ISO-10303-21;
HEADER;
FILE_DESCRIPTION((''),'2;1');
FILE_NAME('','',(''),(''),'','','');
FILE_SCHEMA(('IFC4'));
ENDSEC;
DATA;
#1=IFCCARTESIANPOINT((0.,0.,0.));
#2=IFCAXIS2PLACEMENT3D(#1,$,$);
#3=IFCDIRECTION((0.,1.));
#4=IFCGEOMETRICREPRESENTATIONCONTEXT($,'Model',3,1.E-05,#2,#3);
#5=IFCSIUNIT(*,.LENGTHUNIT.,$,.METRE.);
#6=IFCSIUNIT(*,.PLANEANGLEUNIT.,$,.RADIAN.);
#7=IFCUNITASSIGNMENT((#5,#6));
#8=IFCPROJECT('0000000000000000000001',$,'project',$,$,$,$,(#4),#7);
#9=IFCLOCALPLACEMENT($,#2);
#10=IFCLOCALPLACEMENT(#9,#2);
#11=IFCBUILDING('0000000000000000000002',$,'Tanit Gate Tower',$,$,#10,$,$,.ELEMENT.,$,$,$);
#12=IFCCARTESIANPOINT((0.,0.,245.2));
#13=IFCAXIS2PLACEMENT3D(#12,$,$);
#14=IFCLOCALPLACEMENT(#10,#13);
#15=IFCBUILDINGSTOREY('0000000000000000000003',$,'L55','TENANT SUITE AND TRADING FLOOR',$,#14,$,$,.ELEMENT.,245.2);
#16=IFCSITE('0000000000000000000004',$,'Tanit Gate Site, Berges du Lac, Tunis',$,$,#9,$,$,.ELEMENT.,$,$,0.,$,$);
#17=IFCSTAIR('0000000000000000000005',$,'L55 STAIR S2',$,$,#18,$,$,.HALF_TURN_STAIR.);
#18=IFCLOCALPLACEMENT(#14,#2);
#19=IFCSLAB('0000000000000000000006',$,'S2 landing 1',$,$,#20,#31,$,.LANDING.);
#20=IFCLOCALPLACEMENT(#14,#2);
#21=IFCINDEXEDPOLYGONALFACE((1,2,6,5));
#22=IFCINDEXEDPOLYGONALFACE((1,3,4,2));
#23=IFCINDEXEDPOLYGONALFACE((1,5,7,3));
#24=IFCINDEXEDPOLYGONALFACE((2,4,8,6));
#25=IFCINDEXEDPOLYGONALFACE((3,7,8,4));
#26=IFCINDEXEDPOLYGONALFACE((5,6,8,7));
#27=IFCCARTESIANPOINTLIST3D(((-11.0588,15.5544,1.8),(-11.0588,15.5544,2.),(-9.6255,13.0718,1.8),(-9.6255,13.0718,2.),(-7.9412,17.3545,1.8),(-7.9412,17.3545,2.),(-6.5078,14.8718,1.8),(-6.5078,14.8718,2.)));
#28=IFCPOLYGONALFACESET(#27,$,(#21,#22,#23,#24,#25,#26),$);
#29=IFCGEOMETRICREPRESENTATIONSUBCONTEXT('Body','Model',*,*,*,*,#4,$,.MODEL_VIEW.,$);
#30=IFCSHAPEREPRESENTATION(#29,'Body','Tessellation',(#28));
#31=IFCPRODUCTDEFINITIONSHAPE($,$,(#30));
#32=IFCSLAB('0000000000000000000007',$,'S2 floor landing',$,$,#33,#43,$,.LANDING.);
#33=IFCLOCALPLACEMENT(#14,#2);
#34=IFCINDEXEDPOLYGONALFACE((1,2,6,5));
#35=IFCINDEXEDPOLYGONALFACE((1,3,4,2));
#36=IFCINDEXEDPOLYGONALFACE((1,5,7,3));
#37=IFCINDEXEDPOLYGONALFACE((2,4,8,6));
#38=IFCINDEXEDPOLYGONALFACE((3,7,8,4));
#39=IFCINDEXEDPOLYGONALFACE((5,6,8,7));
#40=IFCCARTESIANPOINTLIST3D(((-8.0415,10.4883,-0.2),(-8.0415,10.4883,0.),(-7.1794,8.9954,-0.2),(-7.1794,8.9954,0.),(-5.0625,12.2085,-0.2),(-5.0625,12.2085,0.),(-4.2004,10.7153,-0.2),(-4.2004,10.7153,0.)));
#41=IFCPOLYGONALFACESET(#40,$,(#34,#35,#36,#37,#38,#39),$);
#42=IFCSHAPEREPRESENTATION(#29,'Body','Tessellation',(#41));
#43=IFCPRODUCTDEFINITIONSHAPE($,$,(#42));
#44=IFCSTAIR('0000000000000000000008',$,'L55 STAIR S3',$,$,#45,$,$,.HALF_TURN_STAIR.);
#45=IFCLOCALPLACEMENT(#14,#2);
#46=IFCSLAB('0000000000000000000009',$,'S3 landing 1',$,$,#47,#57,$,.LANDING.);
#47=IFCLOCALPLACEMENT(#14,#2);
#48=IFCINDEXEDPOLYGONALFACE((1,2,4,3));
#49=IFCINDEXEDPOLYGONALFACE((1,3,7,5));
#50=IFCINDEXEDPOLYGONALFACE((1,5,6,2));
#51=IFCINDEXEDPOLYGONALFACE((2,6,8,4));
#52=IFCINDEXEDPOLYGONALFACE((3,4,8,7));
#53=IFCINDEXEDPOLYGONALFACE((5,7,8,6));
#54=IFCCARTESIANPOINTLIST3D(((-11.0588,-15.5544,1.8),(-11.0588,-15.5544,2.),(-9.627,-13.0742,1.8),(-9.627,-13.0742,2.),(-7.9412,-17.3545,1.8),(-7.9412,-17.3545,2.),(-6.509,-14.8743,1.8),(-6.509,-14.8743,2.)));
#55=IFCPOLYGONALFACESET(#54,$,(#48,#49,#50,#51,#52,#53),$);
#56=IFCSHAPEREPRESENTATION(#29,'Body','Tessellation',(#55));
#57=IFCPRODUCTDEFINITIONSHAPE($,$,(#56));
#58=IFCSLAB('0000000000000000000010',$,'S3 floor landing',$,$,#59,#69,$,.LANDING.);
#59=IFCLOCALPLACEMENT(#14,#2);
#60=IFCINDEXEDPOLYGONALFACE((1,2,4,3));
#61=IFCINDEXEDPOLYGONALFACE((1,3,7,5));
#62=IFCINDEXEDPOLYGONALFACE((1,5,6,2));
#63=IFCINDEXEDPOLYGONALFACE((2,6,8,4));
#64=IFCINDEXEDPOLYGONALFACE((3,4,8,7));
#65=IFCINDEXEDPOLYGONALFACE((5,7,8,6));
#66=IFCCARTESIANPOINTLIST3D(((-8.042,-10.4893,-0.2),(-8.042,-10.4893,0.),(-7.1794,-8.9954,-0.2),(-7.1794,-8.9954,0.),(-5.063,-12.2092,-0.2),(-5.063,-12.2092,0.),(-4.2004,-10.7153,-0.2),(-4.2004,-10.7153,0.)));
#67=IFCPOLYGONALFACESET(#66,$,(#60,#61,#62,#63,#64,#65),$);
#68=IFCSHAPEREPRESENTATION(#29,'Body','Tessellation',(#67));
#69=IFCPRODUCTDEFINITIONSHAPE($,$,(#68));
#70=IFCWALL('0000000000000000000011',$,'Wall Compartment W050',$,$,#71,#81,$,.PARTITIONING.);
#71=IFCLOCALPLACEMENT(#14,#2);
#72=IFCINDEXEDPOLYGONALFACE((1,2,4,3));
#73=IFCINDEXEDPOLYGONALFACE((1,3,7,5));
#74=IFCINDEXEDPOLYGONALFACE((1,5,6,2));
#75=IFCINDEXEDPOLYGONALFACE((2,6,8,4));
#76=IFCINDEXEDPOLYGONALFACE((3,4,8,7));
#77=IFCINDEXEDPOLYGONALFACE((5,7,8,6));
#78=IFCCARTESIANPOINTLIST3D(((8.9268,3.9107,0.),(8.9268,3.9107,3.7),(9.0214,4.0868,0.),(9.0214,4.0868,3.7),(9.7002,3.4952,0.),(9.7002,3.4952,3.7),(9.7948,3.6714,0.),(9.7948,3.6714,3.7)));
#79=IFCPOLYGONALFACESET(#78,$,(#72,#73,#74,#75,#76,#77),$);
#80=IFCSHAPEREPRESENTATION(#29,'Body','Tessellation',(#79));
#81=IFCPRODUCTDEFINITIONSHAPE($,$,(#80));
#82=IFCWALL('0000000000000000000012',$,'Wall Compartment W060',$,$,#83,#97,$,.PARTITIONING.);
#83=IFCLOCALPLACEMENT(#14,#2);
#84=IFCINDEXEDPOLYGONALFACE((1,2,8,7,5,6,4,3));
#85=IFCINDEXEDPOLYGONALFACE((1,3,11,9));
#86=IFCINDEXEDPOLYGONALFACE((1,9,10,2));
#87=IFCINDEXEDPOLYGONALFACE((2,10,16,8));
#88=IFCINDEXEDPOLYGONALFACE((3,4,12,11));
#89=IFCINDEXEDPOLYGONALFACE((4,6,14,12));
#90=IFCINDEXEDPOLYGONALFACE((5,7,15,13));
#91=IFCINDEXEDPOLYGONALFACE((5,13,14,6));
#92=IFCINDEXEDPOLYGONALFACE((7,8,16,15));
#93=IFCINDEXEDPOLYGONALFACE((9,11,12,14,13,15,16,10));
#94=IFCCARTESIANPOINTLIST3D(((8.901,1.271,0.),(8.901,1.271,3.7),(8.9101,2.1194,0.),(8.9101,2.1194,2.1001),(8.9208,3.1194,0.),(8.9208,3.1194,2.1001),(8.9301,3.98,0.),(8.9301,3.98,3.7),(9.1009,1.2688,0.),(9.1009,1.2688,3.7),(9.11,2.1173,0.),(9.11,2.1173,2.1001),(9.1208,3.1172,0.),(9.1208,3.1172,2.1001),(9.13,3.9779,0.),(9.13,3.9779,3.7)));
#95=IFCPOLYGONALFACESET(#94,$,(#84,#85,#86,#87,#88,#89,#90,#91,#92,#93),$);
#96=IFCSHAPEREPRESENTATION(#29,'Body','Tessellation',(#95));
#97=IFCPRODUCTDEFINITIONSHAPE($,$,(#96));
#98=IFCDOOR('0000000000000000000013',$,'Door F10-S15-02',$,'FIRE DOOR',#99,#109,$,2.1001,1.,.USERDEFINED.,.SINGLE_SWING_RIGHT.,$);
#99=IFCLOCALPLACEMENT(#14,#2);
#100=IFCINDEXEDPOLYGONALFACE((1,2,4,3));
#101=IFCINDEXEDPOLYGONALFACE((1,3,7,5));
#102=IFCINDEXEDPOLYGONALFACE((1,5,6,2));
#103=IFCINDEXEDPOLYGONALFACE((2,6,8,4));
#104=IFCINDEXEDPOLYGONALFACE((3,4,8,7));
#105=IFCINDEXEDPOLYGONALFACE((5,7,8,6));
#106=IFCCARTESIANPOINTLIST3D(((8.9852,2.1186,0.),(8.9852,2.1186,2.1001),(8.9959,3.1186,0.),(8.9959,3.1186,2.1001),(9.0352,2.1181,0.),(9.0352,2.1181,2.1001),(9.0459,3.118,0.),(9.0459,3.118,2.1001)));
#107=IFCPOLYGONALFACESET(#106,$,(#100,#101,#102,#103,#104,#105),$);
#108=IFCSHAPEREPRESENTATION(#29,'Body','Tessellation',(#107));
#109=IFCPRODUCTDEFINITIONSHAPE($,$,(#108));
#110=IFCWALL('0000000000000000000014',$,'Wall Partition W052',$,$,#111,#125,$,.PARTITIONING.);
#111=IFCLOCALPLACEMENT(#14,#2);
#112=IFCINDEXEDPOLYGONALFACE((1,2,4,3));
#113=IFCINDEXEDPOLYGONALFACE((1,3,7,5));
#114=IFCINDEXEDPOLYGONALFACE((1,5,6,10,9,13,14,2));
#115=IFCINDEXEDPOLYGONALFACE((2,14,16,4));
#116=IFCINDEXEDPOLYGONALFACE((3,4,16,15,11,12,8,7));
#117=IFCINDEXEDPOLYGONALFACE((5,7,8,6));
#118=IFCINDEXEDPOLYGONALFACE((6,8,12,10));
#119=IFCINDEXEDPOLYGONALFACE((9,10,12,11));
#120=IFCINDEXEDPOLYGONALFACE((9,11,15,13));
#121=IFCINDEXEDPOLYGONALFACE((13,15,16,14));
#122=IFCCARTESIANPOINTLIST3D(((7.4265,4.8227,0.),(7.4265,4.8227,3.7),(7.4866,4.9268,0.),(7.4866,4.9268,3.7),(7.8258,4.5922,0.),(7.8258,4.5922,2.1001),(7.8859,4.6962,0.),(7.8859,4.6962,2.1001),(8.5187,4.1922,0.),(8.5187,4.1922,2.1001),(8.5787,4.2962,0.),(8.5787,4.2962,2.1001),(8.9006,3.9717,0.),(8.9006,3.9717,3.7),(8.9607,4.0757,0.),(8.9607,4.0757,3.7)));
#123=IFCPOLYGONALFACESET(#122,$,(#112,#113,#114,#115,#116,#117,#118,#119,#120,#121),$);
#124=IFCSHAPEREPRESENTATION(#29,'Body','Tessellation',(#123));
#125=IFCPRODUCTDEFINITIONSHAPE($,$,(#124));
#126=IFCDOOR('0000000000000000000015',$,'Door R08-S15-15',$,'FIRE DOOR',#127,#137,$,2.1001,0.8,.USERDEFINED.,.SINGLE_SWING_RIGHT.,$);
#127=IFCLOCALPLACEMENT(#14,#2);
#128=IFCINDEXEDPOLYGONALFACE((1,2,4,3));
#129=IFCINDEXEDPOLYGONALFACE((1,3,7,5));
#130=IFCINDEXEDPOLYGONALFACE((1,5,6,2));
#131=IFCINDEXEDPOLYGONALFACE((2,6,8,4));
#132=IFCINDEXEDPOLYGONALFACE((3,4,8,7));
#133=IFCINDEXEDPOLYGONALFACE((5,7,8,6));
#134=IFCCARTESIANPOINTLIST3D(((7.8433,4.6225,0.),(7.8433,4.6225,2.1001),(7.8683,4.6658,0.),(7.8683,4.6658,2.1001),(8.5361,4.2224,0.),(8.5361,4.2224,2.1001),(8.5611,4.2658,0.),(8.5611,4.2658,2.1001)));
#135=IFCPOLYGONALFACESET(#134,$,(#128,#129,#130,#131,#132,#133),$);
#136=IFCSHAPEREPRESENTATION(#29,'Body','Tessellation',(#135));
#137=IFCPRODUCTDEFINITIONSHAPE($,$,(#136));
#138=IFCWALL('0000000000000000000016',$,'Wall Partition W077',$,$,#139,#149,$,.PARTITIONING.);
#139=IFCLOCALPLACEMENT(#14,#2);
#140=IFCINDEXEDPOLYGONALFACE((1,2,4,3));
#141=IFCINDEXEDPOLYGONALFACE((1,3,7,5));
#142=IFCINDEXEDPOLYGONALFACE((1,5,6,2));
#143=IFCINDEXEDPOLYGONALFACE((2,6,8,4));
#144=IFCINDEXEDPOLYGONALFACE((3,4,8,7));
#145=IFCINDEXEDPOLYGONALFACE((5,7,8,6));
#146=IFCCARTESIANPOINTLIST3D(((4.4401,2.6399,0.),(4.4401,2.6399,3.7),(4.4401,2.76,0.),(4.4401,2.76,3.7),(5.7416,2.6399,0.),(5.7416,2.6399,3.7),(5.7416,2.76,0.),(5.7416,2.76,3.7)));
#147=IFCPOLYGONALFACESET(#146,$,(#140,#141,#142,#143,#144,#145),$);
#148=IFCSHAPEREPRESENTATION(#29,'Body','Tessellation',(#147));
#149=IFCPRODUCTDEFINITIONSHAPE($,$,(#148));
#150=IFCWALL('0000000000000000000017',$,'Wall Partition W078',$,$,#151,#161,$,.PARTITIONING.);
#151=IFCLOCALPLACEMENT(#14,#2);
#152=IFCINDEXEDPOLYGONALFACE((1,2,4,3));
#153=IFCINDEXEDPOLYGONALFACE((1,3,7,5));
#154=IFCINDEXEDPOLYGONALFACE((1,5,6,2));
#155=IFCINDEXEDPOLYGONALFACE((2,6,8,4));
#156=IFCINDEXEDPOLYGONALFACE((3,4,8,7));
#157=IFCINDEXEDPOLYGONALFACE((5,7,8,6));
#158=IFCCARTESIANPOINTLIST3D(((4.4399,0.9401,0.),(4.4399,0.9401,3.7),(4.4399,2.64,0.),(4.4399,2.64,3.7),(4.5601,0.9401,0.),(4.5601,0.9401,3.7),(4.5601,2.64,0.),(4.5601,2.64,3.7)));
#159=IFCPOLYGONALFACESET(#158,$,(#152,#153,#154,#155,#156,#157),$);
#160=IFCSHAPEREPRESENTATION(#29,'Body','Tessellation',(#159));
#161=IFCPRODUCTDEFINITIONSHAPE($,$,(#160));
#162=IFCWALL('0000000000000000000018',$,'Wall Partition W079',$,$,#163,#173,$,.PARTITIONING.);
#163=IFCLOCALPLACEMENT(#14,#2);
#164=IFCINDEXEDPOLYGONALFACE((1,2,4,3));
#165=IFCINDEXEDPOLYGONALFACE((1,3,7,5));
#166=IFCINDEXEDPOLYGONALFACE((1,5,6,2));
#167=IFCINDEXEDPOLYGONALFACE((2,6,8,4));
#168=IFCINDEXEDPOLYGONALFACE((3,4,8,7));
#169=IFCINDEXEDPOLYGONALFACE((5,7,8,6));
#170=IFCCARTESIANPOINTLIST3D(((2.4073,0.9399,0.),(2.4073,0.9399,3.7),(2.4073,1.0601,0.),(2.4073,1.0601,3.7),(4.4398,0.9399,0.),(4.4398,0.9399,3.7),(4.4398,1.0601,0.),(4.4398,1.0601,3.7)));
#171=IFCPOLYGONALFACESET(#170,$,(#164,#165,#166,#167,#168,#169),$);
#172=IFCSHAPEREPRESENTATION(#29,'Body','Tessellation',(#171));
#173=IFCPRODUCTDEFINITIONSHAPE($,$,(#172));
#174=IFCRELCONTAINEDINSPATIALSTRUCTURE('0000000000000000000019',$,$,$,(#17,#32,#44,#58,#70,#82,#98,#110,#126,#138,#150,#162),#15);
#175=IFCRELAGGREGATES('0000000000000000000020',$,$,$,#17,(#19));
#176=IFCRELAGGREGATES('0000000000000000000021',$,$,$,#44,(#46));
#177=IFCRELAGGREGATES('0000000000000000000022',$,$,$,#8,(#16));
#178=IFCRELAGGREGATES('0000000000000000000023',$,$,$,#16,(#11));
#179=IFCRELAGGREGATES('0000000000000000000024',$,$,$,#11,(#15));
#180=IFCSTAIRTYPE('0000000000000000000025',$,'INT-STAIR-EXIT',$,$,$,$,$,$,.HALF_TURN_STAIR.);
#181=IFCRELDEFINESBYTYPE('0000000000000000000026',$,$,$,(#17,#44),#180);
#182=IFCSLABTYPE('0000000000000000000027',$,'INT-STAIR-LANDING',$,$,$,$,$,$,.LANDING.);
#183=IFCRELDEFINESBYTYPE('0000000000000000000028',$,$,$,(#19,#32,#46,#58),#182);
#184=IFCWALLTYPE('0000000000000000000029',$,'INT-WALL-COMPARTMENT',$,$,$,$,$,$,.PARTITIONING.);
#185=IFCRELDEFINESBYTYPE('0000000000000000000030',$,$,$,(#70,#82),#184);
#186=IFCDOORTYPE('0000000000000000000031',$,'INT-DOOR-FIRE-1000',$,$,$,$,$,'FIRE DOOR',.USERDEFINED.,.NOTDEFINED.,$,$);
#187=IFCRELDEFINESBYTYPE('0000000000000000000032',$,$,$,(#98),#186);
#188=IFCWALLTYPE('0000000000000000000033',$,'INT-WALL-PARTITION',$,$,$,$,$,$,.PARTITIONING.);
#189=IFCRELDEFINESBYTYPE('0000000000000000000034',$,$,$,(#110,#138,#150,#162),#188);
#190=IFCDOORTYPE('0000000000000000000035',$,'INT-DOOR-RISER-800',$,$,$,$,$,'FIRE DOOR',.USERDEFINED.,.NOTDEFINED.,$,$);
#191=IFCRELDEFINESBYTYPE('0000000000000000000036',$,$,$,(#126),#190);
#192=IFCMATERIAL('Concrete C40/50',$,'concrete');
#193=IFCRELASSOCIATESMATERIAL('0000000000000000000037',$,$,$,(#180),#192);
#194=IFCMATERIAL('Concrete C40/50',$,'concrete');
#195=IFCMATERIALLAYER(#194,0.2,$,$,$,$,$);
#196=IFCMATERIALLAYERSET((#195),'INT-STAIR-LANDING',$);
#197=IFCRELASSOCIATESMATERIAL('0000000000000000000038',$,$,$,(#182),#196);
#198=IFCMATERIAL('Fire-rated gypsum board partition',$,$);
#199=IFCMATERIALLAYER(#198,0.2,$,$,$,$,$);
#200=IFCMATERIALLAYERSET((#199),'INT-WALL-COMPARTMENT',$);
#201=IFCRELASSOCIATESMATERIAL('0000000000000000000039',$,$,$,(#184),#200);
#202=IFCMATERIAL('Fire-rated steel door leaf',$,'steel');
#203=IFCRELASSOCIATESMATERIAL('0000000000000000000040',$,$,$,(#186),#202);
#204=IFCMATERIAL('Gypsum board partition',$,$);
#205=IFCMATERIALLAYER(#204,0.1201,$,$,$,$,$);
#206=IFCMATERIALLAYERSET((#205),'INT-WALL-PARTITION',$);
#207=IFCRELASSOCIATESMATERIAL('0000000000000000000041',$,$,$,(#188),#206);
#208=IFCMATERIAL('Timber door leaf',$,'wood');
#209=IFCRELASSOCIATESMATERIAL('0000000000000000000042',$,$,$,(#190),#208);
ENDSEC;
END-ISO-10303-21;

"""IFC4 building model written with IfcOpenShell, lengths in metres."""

from ifc_helpers import new_model, si_unit, direction, frame, frame_2d, origin, place, context, subcontext, project, spatial, polyline, rectangle, outline, extrude, material, layer, layer_set, type_object, element, fill, aggregate, save


model = new_model("IFC4")

# Units and contexts
model_context = context("Model", 3, precision=1e-05, world=origin(), true_north=direction((0.0, 1.0)))
body_context = subcontext(model_context, "Body", "Model", "MODEL_VIEW")
ifc_project = project(units=[si_unit("LENGTHUNIT", "METRE"), si_unit("PLANEANGLEUNIT", "RADIAN")], contexts=[model_context])

# Site, building, storey
site_placement = place(None, origin())
site = spatial("IfcSite", under=ifc_project, at=site_placement, Name="Tanit Gate Site, Berges du Lac, Tunis", CompositionType="ELEMENT", RefElevation=0.0)
building_placement = place(site_placement, origin())
building = spatial("IfcBuilding", under=site, at=building_placement, Name="Tanit Gate Tower", CompositionType="ELEMENT")
storey_placement = place(building_placement, frame((0.0, 0.0, 245.2)))
storey = spatial("IfcBuildingStorey", under=building, at=storey_placement, Name="L55", Description="TENANT SUITE AND TRADING FLOOR", CompositionType="ELEMENT", Elevation=245.2)

# Stair, slab
ifc_material_1 = material(Name="Concrete C40/50", Category="concrete")
stair_type = type_object("IfcStairType", Name="INT-STAIR-EXIT", PredefinedType="HALF_TURN_STAIR", material=ifc_material_1)
stair_1_placement = place(storey_placement, origin())
stair_1 = element("IfcStair", 1, at=stair_1_placement, inside=storey, type_object=stair_type, Name="L55 STAIR S2", PredefinedType="HALF_TURN_STAIR")
ifc_material_2 = material(Name="Concrete C40/50", Category="concrete")
ifc_layer_1 = layer(ifc_material_2, 0.2)
ifc_layer_set_1 = layer_set([ifc_layer_1], Name="INT-STAIR-LANDING")
slab_type = type_object("IfcSlabType", Name="INT-STAIR-LANDING", PredefinedType="LANDING", material=ifc_layer_set_1)
slab_1_placement = place(storey_placement, frame((0.0, 0.0, 1.8)))
slab_1 = element("IfcSlab", 2, at=slab_1_placement, type_object=slab_type, Name="S2 landing 1", PredefinedType="LANDING", context=body_context, shape_type="SweptSolid", body=[
    extrude(outline(polyline([(-6.5078, 14.8718), (-7.9412, 17.3545), (-11.0588, 15.5544), (-9.6255, 13.0718), (-6.5078, 14.8718)])), origin(), (0.0, 0.0, 1.0), 0.2),
])
aggregate(stair_1, [slab_1])

# Slab
slab_2_placement = place(storey_placement, frame((0.0, 0.0, -0.2)))
element("IfcSlab", 3, at=slab_2_placement, inside=storey, type_object=slab_type, Name="S2 floor landing", PredefinedType="LANDING", context=body_context, shape_type="SweptSolid", body=[
    extrude(outline(polyline([(-4.2004, 10.7153), (-5.0625, 12.2085), (-8.0415, 10.4883), (-7.1794, 8.9954), (-4.2004, 10.7153)])), origin(), (0.0, 0.0, 1.0), 0.2),
])

# Stair, slab
stair_2_placement = place(storey_placement, origin())
stair_2 = element("IfcStair", 4, at=stair_2_placement, inside=storey, type_object=stair_type, Name="L55 STAIR S3", PredefinedType="HALF_TURN_STAIR")
slab_3_placement = place(storey_placement, frame((0.0, 0.0, 1.8)))
slab_3 = element("IfcSlab", 5, at=slab_3_placement, type_object=slab_type, Name="S3 landing 1", PredefinedType="LANDING", context=body_context, shape_type="SweptSolid", body=[
    extrude(outline(polyline([(-9.627, -13.0742), (-11.0588, -15.5544), (-7.9412, -17.3545), (-6.509, -14.8743), (-9.627, -13.0742)])), origin(), (0.0, 0.0, 1.0), 0.2),
])
aggregate(stair_2, [slab_3])

# Slab
slab_4_placement = place(storey_placement, frame((0.0, 0.0, -0.2)))
element("IfcSlab", 6, at=slab_4_placement, inside=storey, type_object=slab_type, Name="S3 floor landing", PredefinedType="LANDING", context=body_context, shape_type="SweptSolid", body=[
    extrude(outline(polyline([(-7.1794, -8.9954), (-8.042, -10.4893), (-5.063, -12.2092), (-4.2004, -10.7153), (-7.1794, -8.9954)])), origin(), (0.0, 0.0, 1.0), 0.2),
])

# Wall
ifc_material_3 = material(Name="Fire-rated gypsum board partition")
ifc_layer_2 = layer(ifc_material_3, 0.2)
ifc_layer_set_2 = layer_set([ifc_layer_2], Name="INT-WALL-COMPARTMENT")
wall_type_1 = type_object("IfcWallType", Name="INT-WALL-COMPARTMENT", PredefinedType="PARTITIONING", material=ifc_layer_set_2)
wall_1_placement = place(storey_placement, frame((8.9741, 3.9988, 0.0), z_axis=(0.0, 0.0, 1.0), x_axis=(0.880917, -0.473271, 0.0)))
element("IfcWall", 7, at=wall_1_placement, inside=storey, type_object=wall_type_1, Name="Wall Compartment W050", PredefinedType="PARTITIONING", context=body_context, shape_type="SweptSolid", body=[
    extrude(rectangle(XDim=0.8779, YDim=0.2, at=frame_2d((0.439, 0.0))), origin(), (0.0, 0.0, 1.0), 3.7),
])

# Walls, openings, doors
wall_2_placement = place(storey_placement, frame((9.001, 1.27, 0.0), z_axis=(0.0, 0.0, 1.0), x_axis=(0.010724, 0.999942, 0.0)))
wall_2 = element("IfcWall", 8, at=wall_2_placement, inside=storey, type_object=wall_type_1, Name="Wall Compartment W060", PredefinedType="PARTITIONING", context=body_context, shape_type="SweptSolid", body=[
    extrude(rectangle(XDim=2.7092, YDim=0.2, at=frame_2d((1.3545, 0.0))), origin(), (0.0, 0.0, 1.0), 3.7),
])
opening_1_placement = place(wall_2_placement, frame((0.8484, 0.0, 0.0)))
opening_1 = element("IfcOpeningElement", 9, at=opening_1_placement, cuts=wall_2, PredefinedType="OPENING", context=body_context, shape_type="SweptSolid", body=[
    extrude(rectangle(XDim=1.0, YDim=2.1001, at=frame_2d((0.5, 1.05))), frame((0.0, 0.1099, 0.0), z_axis=(0.0, -1.0, 0.0), x_axis=(1.0, 0.0, 0.0)), (0.0, 0.0, 1.0), 0.22),
])
ifc_material_4 = material(Name="Fire-rated steel door leaf", Category="steel")
door_type_1 = type_object("IfcDoorType", Name="INT-DOOR-FIRE-1000", ElementType="FIRE DOOR", OperationType="NOTDEFINED", PredefinedType="USERDEFINED", material=ifc_material_4)
door_1_placement = place(opening_1_placement, origin())
door_1 = element("IfcDoor", 10, at=door_1_placement, inside=storey, type_object=door_type_1, Name="Door F10-S15-02", ObjectType="FIRE DOOR", OperationType="SINGLE_SWING_RIGHT", OverallHeight=2.1001, OverallWidth=1.0, PredefinedType="USERDEFINED", context=body_context, shape_type="SweptSolid", body=[
    extrude(rectangle(XDim=1.0, YDim=2.1001, at=frame_2d((0.5, 1.05))), frame((0.0, 0.0249, 0.0), z_axis=(0.0, -1.0, 0.0), x_axis=(1.0, 0.0, 0.0)), (0.0, 0.0, 1.0), 0.05),
])
fill(opening_1, door_1)
ifc_material_5 = material(Name="Gypsum board partition")
ifc_layer_3 = layer(ifc_material_5, 0.1201)
ifc_layer_set_3 = layer_set([ifc_layer_3], Name="INT-WALL-PARTITION")
wall_type_2 = type_object("IfcWallType", Name="INT-WALL-PARTITION", PredefinedType="PARTITIONING", material=ifc_layer_set_3)
wall_3_placement = place(storey_placement, frame((7.4565, 4.8748, 0.0), z_axis=(0.0, 0.0, 1.0), x_axis=(0.866028, -0.499996, 0.0)))
wall_3 = element("IfcWall", 11, at=wall_3_placement, inside=storey, type_object=wall_type_2, Name="Wall Partition W052", PredefinedType="PARTITIONING", context=body_context, shape_type="SweptSolid", body=[
    extrude(rectangle(XDim=1.7021, YDim=0.1201, at=frame_2d((0.8511, 0.0))), origin(), (0.0, 0.0, 1.0), 3.7),
])
opening_2_placement = place(wall_3_placement, frame((0.4612, 0.0, 0.0)))
opening_2 = element("IfcOpeningElement", 12, at=opening_2_placement, cuts=wall_3, PredefinedType="OPENING", context=body_context, shape_type="SweptSolid", body=[
    extrude(rectangle(XDim=0.8, YDim=2.1001, at=frame_2d((0.3999, 1.05))), frame((0.0, 0.0701, 0.0), z_axis=(0.0, -1.0, 0.0), x_axis=(1.0, 0.0, 0.0)), (0.0, 0.0, 1.0), 0.1401),
])
ifc_material_6 = material(Name="Timber door leaf", Category="wood")
door_type_2 = type_object("IfcDoorType", Name="INT-DOOR-RISER-800", ElementType="FIRE DOOR", OperationType="NOTDEFINED", PredefinedType="USERDEFINED", material=ifc_material_6)
door_2_placement = place(opening_2_placement, origin())
door_2 = element("IfcDoor", 13, at=door_2_placement, inside=storey, type_object=door_type_2, Name="Door R08-S15-15", ObjectType="FIRE DOOR", OperationType="SINGLE_SWING_RIGHT", OverallHeight=2.1001, OverallWidth=0.8, PredefinedType="USERDEFINED", context=body_context, shape_type="SweptSolid", body=[
    extrude(rectangle(XDim=0.8, YDim=2.1001, at=frame_2d((0.3999, 1.05))), frame((0.0, 0.0249, 0.0), z_axis=(0.0, -1.0, 0.0), x_axis=(1.0, 0.0, 0.0)), (0.0, 0.0, 1.0), 0.05),
])
fill(opening_2, door_2)

# Walls
wall_4_placement = place(storey_placement, frame((4.4399, 2.7, 0.0), z_axis=(0.0, 0.0, 1.0), x_axis=(1.0, 0.0, 0.0)))
element("IfcWall", 14, at=wall_4_placement, inside=storey, type_object=wall_type_2, Name="Wall Partition W077", PredefinedType="PARTITIONING", context=body_context, shape_type="SweptSolid", body=[
    extrude(rectangle(XDim=1.3015, YDim=0.1201, at=frame_2d((0.6509, 0.0))), origin(), (0.0, 0.0, 1.0), 3.7),
])
wall_5_placement = place(storey_placement, frame((4.5, 0.9399, 0.0), z_axis=(0.0, 0.0, 1.0), x_axis=(0.0, 1.0, 0.0)))
element("IfcWall", 15, at=wall_5_placement, inside=storey, type_object=wall_type_2, Name="Wall Partition W078", PredefinedType="PARTITIONING", context=body_context, shape_type="SweptSolid", body=[
    extrude(rectangle(XDim=1.7, YDim=0.1201, at=frame_2d((0.8501, 0.0))), origin(), (0.0, 0.0, 1.0), 3.7),
])
wall_6_placement = place(storey_placement, frame((2.4075, 1.0, 0.0), z_axis=(0.0, 0.0, 1.0), x_axis=(1.0, 0.0, 0.0)))
element("IfcWall", 16, at=wall_6_placement, inside=storey, type_object=wall_type_2, Name="Wall Partition W079", PredefinedType="PARTITIONING", context=body_context, shape_type="SweptSolid", body=[
    extrude(rectangle(XDim=2.0325, YDim=0.1201, at=frame_2d((1.0161, 0.0))), origin(), (0.0, 0.0, 1.0), 3.7),
])

save(model, "model.ifc")
